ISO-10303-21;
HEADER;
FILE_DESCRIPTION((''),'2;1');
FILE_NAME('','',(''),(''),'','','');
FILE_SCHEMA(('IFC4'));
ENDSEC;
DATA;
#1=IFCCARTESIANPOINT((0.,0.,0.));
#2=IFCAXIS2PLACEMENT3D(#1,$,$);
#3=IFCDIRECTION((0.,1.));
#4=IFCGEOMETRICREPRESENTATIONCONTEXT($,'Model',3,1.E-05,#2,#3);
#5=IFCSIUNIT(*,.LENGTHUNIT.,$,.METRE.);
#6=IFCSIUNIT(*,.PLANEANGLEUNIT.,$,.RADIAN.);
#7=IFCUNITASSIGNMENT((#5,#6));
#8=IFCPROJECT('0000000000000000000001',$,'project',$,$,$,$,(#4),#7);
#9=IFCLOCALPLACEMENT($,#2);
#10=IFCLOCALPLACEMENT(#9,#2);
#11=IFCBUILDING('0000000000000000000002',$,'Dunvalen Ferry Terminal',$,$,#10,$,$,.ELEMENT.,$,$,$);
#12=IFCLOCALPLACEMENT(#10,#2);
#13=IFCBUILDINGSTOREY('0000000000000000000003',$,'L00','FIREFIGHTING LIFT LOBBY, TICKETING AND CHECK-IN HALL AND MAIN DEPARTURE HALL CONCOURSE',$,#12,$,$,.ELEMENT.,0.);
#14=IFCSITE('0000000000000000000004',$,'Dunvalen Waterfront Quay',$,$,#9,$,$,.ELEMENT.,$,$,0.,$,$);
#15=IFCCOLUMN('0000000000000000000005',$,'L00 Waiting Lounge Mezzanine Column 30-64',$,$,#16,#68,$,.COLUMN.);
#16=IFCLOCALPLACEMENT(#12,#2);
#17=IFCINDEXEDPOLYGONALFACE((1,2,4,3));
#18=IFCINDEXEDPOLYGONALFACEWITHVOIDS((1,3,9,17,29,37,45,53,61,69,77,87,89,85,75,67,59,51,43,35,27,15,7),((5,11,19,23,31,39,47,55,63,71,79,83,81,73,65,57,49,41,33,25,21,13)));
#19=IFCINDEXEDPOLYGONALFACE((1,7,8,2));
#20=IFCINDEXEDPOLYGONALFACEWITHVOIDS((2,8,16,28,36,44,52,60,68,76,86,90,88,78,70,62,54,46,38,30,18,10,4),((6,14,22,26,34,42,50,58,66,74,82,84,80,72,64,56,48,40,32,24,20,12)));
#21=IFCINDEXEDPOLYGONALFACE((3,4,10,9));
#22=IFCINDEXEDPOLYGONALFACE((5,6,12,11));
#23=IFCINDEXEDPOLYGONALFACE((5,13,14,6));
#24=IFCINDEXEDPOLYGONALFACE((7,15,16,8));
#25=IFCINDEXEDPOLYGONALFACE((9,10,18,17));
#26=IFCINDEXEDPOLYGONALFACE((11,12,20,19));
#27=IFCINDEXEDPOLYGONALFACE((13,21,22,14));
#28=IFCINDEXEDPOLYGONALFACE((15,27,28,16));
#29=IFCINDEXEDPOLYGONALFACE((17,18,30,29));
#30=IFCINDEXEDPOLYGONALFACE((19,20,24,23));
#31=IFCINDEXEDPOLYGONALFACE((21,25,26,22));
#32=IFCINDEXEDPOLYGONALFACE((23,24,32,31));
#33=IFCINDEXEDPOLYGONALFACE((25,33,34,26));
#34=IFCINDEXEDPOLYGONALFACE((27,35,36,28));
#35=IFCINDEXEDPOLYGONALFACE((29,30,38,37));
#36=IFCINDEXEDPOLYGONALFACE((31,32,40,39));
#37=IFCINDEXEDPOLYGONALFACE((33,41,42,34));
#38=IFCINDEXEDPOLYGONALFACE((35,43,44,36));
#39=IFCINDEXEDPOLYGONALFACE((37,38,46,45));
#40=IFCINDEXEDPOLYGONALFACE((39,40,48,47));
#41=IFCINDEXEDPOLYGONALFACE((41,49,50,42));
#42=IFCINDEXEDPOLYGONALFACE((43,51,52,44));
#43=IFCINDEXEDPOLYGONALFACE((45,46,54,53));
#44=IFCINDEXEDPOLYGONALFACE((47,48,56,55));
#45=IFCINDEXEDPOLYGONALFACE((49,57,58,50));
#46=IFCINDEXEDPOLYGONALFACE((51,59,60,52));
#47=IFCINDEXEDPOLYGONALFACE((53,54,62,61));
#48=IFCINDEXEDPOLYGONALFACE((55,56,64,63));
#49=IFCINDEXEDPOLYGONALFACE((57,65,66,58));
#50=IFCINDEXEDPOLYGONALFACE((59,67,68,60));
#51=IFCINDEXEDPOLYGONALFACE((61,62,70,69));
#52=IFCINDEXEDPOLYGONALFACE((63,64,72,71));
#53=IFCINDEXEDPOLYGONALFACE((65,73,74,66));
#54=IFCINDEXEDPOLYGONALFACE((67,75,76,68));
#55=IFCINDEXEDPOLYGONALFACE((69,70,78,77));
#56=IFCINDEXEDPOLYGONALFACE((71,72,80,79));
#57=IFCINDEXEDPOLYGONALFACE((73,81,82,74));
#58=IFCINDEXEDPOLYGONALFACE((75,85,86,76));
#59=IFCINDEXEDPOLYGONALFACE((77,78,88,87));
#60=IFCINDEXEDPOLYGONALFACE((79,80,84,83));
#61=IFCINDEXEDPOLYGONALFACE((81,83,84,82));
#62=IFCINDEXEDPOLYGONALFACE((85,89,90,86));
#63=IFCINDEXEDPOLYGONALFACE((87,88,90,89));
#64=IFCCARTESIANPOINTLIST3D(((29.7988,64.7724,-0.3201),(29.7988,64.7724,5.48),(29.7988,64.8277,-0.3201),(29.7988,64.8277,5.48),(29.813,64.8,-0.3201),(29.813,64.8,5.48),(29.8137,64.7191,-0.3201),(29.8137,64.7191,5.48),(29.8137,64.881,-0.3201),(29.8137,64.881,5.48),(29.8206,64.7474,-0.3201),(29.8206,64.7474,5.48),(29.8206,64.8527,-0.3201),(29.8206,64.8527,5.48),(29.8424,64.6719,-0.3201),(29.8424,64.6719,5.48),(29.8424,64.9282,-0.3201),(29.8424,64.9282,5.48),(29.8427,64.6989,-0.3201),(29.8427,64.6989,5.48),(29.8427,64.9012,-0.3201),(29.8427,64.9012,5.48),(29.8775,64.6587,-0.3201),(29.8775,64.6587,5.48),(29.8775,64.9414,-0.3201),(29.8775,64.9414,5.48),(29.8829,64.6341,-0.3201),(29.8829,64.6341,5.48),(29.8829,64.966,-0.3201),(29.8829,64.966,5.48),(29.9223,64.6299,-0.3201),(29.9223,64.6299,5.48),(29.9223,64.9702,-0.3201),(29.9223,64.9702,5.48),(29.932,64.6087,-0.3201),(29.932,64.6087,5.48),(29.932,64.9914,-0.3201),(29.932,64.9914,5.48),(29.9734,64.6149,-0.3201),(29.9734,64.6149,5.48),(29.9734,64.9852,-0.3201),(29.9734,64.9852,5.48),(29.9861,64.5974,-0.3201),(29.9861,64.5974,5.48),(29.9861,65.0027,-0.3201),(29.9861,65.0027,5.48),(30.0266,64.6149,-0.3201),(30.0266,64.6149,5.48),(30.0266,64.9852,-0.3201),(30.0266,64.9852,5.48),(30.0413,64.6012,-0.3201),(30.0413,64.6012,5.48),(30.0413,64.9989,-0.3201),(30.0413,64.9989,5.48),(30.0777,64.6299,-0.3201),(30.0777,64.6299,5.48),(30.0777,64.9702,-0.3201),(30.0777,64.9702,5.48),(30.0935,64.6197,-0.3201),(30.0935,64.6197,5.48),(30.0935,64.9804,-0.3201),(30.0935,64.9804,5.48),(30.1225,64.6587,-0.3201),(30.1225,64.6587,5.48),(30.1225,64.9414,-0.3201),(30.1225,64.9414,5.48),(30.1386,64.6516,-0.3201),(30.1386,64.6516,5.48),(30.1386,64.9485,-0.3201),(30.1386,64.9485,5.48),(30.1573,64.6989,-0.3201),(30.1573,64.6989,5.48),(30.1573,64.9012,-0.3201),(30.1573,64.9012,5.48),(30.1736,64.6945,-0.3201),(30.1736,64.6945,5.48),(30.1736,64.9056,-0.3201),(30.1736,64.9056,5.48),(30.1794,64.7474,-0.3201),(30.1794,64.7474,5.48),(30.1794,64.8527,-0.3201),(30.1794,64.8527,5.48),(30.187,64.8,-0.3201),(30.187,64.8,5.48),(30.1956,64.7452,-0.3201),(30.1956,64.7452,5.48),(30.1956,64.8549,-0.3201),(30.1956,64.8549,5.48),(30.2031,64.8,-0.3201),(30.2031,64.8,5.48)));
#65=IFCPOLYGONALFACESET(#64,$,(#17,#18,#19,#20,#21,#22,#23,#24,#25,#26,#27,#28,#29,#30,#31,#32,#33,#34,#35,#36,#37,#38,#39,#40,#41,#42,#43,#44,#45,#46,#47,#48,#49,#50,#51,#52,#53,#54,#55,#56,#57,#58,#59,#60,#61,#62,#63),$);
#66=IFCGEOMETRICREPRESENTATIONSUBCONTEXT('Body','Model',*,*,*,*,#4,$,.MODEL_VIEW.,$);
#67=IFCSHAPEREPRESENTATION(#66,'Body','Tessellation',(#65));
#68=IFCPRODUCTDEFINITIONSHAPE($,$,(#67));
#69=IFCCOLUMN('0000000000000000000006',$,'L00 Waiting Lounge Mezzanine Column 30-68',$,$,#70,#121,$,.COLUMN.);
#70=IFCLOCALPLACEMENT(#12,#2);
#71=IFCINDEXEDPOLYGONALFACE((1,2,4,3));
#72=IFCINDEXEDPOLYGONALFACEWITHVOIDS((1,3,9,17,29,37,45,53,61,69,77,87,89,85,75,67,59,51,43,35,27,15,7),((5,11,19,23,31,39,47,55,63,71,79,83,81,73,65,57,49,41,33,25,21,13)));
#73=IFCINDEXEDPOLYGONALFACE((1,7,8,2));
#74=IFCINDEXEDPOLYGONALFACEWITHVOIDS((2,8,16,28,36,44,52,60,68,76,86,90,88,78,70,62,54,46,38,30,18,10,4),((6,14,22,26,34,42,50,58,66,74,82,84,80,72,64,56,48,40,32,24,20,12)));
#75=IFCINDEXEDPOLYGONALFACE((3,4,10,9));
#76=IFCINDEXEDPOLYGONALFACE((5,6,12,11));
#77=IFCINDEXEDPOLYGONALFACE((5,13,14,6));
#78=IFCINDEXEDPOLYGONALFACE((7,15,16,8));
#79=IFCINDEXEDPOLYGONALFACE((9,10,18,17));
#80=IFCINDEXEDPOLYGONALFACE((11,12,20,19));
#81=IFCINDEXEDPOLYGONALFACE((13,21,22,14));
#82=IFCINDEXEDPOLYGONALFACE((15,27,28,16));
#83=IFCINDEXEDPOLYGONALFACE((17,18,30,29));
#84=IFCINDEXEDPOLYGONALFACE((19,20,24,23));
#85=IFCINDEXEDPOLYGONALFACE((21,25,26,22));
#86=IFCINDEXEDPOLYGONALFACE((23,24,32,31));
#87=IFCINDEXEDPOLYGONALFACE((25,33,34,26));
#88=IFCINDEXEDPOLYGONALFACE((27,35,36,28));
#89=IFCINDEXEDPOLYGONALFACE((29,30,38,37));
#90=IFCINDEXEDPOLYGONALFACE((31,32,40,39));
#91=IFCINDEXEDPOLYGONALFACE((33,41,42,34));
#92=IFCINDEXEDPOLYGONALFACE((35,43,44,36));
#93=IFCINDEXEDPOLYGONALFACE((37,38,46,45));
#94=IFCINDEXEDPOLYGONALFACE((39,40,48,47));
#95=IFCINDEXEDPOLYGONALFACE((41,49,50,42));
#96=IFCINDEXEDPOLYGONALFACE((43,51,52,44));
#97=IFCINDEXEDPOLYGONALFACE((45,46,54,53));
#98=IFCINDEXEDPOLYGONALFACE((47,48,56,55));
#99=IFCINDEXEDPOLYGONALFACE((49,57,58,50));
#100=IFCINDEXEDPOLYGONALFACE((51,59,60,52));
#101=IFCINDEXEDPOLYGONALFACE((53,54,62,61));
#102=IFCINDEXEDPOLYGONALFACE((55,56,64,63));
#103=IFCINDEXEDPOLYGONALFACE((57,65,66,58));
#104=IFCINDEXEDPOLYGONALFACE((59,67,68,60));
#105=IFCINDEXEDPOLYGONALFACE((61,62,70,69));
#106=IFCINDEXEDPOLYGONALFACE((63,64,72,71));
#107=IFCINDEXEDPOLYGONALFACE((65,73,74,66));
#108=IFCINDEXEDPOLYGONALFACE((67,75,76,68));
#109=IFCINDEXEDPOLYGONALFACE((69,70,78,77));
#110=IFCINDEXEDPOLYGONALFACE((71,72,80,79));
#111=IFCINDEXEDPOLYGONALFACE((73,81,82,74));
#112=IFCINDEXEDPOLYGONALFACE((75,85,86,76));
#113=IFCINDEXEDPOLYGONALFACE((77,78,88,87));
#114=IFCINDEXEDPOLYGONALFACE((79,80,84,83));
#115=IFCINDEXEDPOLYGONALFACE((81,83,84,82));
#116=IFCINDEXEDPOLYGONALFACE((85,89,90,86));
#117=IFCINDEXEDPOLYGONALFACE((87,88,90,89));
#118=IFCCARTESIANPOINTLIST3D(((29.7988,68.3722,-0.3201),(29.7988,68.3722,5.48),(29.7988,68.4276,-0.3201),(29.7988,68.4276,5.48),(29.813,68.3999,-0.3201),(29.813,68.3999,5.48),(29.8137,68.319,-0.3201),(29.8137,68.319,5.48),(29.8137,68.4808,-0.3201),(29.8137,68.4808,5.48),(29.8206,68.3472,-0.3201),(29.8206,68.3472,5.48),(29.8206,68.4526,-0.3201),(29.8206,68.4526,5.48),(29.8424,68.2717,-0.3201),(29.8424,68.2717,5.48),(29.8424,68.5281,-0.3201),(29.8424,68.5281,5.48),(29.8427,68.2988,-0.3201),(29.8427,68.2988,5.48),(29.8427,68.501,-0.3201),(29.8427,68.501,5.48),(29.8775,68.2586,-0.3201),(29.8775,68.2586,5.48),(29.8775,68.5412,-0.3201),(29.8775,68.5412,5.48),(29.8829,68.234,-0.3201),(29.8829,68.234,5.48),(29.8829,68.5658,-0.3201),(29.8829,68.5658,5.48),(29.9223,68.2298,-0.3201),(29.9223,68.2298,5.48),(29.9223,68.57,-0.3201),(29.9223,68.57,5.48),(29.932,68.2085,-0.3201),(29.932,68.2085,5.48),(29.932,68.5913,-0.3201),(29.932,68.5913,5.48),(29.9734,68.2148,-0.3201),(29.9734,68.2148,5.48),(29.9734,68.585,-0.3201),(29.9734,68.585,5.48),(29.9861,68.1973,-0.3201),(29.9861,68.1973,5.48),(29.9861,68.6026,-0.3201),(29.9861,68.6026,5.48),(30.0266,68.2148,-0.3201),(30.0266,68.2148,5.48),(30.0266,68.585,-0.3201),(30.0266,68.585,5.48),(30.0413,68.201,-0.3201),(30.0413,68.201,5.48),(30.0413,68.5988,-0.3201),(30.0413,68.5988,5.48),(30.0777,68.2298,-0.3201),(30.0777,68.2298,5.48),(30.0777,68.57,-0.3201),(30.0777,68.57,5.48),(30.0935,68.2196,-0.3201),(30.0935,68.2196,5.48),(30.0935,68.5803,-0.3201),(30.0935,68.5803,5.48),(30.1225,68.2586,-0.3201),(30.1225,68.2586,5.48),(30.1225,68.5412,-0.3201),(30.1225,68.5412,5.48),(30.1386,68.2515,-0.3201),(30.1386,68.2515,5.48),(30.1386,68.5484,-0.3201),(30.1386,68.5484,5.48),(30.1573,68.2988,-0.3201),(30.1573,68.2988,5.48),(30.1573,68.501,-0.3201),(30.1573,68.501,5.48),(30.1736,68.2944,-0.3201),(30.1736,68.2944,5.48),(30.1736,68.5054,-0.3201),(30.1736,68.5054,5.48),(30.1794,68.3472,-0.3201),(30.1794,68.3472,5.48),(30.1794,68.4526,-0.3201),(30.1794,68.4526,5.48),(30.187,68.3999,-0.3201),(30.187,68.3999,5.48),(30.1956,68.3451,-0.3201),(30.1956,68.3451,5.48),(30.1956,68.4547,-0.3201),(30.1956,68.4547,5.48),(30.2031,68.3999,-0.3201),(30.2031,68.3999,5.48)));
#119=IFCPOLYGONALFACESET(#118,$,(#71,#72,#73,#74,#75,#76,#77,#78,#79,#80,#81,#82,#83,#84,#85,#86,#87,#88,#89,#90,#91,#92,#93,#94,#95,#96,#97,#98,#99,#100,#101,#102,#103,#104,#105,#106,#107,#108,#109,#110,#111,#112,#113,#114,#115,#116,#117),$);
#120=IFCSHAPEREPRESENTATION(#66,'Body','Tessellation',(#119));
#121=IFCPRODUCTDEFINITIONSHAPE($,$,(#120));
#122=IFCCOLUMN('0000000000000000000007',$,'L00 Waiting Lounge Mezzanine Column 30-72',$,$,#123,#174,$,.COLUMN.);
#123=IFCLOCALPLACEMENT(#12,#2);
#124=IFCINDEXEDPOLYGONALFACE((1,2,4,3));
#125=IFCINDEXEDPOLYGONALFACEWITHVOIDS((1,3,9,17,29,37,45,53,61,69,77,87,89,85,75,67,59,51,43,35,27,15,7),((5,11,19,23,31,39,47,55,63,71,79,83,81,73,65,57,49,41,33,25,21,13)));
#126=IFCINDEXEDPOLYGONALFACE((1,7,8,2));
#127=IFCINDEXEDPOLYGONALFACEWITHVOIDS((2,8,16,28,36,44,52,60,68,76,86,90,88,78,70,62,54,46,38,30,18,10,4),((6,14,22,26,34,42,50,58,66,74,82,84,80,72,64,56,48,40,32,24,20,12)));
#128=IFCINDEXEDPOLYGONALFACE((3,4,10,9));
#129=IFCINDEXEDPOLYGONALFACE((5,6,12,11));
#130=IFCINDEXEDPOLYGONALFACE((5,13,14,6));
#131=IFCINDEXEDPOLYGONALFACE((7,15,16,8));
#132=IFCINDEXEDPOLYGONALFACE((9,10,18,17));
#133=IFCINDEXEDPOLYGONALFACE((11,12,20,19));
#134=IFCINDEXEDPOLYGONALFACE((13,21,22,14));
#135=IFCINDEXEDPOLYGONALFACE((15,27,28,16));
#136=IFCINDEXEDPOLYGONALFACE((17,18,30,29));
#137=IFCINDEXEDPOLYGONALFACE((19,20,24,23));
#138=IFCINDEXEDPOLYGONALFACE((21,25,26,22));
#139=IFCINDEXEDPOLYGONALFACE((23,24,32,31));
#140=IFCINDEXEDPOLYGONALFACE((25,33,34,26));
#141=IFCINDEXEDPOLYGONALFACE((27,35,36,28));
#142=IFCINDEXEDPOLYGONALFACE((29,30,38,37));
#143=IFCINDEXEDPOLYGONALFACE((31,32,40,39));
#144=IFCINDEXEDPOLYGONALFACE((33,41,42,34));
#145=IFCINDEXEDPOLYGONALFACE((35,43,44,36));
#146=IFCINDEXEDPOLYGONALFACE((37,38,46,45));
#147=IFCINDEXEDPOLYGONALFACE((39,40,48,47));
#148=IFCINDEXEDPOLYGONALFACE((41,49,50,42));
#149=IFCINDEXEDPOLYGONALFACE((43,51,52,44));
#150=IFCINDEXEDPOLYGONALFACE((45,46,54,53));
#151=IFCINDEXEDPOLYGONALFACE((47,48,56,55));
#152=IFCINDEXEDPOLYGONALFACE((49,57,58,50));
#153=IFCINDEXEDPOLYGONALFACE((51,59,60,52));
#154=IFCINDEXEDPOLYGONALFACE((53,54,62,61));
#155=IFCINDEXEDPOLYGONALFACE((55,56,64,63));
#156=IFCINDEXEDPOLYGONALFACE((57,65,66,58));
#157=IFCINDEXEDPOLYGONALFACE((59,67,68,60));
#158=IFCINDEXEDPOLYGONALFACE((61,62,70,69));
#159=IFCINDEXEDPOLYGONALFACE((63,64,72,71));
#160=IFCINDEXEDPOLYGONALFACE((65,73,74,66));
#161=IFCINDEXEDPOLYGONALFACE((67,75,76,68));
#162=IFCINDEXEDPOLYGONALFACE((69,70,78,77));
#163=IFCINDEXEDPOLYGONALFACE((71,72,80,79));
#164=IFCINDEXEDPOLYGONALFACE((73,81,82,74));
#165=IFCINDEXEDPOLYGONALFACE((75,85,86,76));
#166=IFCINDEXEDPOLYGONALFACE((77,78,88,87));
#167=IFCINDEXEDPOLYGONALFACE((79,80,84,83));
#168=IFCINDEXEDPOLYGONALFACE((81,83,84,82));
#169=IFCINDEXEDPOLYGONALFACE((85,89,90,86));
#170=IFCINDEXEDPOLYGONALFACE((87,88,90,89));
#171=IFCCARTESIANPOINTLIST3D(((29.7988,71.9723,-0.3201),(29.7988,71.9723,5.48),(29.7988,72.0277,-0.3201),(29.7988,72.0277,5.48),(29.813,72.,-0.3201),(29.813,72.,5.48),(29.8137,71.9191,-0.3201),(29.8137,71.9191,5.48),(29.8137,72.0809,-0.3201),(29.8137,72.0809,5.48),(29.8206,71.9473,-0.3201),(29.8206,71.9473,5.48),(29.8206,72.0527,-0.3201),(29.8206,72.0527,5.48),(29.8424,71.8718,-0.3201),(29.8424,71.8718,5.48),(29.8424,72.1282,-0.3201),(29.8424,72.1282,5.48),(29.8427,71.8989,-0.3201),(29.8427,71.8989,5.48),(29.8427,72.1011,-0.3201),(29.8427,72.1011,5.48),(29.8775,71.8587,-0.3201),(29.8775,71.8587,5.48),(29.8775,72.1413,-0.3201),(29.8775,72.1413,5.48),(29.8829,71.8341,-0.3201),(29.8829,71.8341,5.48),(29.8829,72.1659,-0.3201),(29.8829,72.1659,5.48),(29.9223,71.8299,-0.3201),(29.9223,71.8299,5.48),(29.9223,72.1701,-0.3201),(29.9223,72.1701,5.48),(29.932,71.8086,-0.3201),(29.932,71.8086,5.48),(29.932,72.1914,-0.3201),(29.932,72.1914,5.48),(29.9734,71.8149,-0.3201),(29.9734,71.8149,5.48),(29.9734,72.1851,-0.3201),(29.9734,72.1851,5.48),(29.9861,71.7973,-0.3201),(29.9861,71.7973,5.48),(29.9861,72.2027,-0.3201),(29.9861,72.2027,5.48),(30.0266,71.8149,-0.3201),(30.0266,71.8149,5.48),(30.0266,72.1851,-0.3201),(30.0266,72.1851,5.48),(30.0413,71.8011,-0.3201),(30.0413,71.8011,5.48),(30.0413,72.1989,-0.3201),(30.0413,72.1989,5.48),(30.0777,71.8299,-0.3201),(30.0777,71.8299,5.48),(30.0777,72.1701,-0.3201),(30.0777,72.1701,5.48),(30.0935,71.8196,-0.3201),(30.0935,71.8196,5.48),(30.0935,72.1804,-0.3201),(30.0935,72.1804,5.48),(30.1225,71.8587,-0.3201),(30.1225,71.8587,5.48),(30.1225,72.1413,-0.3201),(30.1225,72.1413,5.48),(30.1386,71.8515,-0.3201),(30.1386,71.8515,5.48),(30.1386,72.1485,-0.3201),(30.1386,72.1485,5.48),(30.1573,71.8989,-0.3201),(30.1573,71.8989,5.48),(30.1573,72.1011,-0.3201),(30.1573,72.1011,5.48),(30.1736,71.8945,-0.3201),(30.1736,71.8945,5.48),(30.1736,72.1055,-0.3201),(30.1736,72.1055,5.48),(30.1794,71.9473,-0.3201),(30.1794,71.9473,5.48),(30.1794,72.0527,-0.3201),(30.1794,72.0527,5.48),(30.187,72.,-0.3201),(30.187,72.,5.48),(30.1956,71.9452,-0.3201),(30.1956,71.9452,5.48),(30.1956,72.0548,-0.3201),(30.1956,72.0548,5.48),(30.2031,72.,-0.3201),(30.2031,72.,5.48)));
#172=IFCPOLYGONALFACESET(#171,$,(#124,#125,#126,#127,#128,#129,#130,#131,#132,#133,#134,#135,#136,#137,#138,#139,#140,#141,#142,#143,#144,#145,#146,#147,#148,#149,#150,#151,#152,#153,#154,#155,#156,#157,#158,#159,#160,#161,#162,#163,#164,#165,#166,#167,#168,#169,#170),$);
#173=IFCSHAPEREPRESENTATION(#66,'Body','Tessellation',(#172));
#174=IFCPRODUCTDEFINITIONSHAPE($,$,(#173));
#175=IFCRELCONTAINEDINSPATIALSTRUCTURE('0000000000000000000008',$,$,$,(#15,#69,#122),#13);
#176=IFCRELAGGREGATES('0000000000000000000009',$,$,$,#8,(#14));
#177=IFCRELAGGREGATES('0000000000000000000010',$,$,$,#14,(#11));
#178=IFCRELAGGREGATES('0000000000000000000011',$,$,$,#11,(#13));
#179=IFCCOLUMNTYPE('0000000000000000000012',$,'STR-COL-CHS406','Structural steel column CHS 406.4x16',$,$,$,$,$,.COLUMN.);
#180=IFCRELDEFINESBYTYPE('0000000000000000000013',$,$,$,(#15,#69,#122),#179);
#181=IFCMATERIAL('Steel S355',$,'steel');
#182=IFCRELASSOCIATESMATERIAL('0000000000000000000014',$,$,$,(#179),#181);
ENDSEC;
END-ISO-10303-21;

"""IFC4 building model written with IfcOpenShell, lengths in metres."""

from ifc_helpers import new_model, si_unit, direction, frame, origin, origin_2d, place, context, subcontext, project, spatial, hollow_circle, extrude, material, material_profile, profile_set, type_object, element, save


model = new_model("IFC4")

# Units and contexts
model_context = context("Model", 3, precision=1e-05, world=origin(), true_north=direction((0.0, 1.0)))
body_context = subcontext(model_context, "Body", "Model", "MODEL_VIEW")
ifc_project = project(units=[si_unit("LENGTHUNIT", "METRE"), si_unit("PLANEANGLEUNIT", "RADIAN")], contexts=[model_context])

# Site, building, storey
site_placement = place(None, origin())
site = spatial("IfcSite", under=ifc_project, at=site_placement, Name="Dunvalen Waterfront Quay", CompositionType="ELEMENT", RefElevation=0.0)
building_placement = place(site_placement, origin())
building = spatial("IfcBuilding", under=site, at=building_placement, Name="Dunvalen Ferry Terminal", CompositionType="ELEMENT")
storey_placement = place(building_placement, origin())
storey = spatial("IfcBuildingStorey", under=building, at=storey_placement, Name="L00", Description="FIREFIGHTING LIFT LOBBY, TICKETING AND CHECK-IN HALL AND MAIN DEPARTURE HALL CONCOURSE", CompositionType="ELEMENT", Elevation=0.0)

# Columns
ifc_material_1 = material(Name="Steel S355", Category="steel")
ifc_material_profile_1 = material_profile(ifc_material_1, hollow_circle(Radius=0.2031, WallThickness=0.0161, at=origin_2d()), Name="Steel S355")
ifc_profile_set_1 = profile_set([ifc_material_profile_1], Name="Steel S355")
column_type_1 = type_object("IfcColumnType", Name="STR-COL-CHS406", Description="Structural steel column CHS 406.4x16", PredefinedType="COLUMN", material=ifc_profile_set_1)
for number, where, z_axis, x_axis, name in (
    (1, (30.0, 64.8, -0.3201), (0.0, 0.0, 1.0), (1.0, 0.0, 0.0), "L00 Waiting Lounge Mezzanine Column 30-64"),
    (2, (30.0, 68.3999, -0.3201), (0.0, 0.0, 1.0), (1.0, 0.0, 0.0), "L00 Waiting Lounge Mezzanine Column 30-68"),
    (3, (30.0, 72.0, -0.3201), (0.0, 0.0, 1.0), (1.0, 0.0, 0.0), "L00 Waiting Lounge Mezzanine Column 30-72"),
):
    element("IfcColumn", number, at=place(storey_placement, frame(where, z_axis=z_axis, x_axis=x_axis)), inside=storey, type_object=column_type_1, Name=name, PredefinedType="COLUMN", context=body_context, shape_type="SweptSolid", body=[
        extrude(hollow_circle(Radius=0.2031, WallThickness=0.0161, at=origin_2d()), origin(), (0.0, 0.0, 1.0), 5.8),
    ])

save(model, "model.ifc")
